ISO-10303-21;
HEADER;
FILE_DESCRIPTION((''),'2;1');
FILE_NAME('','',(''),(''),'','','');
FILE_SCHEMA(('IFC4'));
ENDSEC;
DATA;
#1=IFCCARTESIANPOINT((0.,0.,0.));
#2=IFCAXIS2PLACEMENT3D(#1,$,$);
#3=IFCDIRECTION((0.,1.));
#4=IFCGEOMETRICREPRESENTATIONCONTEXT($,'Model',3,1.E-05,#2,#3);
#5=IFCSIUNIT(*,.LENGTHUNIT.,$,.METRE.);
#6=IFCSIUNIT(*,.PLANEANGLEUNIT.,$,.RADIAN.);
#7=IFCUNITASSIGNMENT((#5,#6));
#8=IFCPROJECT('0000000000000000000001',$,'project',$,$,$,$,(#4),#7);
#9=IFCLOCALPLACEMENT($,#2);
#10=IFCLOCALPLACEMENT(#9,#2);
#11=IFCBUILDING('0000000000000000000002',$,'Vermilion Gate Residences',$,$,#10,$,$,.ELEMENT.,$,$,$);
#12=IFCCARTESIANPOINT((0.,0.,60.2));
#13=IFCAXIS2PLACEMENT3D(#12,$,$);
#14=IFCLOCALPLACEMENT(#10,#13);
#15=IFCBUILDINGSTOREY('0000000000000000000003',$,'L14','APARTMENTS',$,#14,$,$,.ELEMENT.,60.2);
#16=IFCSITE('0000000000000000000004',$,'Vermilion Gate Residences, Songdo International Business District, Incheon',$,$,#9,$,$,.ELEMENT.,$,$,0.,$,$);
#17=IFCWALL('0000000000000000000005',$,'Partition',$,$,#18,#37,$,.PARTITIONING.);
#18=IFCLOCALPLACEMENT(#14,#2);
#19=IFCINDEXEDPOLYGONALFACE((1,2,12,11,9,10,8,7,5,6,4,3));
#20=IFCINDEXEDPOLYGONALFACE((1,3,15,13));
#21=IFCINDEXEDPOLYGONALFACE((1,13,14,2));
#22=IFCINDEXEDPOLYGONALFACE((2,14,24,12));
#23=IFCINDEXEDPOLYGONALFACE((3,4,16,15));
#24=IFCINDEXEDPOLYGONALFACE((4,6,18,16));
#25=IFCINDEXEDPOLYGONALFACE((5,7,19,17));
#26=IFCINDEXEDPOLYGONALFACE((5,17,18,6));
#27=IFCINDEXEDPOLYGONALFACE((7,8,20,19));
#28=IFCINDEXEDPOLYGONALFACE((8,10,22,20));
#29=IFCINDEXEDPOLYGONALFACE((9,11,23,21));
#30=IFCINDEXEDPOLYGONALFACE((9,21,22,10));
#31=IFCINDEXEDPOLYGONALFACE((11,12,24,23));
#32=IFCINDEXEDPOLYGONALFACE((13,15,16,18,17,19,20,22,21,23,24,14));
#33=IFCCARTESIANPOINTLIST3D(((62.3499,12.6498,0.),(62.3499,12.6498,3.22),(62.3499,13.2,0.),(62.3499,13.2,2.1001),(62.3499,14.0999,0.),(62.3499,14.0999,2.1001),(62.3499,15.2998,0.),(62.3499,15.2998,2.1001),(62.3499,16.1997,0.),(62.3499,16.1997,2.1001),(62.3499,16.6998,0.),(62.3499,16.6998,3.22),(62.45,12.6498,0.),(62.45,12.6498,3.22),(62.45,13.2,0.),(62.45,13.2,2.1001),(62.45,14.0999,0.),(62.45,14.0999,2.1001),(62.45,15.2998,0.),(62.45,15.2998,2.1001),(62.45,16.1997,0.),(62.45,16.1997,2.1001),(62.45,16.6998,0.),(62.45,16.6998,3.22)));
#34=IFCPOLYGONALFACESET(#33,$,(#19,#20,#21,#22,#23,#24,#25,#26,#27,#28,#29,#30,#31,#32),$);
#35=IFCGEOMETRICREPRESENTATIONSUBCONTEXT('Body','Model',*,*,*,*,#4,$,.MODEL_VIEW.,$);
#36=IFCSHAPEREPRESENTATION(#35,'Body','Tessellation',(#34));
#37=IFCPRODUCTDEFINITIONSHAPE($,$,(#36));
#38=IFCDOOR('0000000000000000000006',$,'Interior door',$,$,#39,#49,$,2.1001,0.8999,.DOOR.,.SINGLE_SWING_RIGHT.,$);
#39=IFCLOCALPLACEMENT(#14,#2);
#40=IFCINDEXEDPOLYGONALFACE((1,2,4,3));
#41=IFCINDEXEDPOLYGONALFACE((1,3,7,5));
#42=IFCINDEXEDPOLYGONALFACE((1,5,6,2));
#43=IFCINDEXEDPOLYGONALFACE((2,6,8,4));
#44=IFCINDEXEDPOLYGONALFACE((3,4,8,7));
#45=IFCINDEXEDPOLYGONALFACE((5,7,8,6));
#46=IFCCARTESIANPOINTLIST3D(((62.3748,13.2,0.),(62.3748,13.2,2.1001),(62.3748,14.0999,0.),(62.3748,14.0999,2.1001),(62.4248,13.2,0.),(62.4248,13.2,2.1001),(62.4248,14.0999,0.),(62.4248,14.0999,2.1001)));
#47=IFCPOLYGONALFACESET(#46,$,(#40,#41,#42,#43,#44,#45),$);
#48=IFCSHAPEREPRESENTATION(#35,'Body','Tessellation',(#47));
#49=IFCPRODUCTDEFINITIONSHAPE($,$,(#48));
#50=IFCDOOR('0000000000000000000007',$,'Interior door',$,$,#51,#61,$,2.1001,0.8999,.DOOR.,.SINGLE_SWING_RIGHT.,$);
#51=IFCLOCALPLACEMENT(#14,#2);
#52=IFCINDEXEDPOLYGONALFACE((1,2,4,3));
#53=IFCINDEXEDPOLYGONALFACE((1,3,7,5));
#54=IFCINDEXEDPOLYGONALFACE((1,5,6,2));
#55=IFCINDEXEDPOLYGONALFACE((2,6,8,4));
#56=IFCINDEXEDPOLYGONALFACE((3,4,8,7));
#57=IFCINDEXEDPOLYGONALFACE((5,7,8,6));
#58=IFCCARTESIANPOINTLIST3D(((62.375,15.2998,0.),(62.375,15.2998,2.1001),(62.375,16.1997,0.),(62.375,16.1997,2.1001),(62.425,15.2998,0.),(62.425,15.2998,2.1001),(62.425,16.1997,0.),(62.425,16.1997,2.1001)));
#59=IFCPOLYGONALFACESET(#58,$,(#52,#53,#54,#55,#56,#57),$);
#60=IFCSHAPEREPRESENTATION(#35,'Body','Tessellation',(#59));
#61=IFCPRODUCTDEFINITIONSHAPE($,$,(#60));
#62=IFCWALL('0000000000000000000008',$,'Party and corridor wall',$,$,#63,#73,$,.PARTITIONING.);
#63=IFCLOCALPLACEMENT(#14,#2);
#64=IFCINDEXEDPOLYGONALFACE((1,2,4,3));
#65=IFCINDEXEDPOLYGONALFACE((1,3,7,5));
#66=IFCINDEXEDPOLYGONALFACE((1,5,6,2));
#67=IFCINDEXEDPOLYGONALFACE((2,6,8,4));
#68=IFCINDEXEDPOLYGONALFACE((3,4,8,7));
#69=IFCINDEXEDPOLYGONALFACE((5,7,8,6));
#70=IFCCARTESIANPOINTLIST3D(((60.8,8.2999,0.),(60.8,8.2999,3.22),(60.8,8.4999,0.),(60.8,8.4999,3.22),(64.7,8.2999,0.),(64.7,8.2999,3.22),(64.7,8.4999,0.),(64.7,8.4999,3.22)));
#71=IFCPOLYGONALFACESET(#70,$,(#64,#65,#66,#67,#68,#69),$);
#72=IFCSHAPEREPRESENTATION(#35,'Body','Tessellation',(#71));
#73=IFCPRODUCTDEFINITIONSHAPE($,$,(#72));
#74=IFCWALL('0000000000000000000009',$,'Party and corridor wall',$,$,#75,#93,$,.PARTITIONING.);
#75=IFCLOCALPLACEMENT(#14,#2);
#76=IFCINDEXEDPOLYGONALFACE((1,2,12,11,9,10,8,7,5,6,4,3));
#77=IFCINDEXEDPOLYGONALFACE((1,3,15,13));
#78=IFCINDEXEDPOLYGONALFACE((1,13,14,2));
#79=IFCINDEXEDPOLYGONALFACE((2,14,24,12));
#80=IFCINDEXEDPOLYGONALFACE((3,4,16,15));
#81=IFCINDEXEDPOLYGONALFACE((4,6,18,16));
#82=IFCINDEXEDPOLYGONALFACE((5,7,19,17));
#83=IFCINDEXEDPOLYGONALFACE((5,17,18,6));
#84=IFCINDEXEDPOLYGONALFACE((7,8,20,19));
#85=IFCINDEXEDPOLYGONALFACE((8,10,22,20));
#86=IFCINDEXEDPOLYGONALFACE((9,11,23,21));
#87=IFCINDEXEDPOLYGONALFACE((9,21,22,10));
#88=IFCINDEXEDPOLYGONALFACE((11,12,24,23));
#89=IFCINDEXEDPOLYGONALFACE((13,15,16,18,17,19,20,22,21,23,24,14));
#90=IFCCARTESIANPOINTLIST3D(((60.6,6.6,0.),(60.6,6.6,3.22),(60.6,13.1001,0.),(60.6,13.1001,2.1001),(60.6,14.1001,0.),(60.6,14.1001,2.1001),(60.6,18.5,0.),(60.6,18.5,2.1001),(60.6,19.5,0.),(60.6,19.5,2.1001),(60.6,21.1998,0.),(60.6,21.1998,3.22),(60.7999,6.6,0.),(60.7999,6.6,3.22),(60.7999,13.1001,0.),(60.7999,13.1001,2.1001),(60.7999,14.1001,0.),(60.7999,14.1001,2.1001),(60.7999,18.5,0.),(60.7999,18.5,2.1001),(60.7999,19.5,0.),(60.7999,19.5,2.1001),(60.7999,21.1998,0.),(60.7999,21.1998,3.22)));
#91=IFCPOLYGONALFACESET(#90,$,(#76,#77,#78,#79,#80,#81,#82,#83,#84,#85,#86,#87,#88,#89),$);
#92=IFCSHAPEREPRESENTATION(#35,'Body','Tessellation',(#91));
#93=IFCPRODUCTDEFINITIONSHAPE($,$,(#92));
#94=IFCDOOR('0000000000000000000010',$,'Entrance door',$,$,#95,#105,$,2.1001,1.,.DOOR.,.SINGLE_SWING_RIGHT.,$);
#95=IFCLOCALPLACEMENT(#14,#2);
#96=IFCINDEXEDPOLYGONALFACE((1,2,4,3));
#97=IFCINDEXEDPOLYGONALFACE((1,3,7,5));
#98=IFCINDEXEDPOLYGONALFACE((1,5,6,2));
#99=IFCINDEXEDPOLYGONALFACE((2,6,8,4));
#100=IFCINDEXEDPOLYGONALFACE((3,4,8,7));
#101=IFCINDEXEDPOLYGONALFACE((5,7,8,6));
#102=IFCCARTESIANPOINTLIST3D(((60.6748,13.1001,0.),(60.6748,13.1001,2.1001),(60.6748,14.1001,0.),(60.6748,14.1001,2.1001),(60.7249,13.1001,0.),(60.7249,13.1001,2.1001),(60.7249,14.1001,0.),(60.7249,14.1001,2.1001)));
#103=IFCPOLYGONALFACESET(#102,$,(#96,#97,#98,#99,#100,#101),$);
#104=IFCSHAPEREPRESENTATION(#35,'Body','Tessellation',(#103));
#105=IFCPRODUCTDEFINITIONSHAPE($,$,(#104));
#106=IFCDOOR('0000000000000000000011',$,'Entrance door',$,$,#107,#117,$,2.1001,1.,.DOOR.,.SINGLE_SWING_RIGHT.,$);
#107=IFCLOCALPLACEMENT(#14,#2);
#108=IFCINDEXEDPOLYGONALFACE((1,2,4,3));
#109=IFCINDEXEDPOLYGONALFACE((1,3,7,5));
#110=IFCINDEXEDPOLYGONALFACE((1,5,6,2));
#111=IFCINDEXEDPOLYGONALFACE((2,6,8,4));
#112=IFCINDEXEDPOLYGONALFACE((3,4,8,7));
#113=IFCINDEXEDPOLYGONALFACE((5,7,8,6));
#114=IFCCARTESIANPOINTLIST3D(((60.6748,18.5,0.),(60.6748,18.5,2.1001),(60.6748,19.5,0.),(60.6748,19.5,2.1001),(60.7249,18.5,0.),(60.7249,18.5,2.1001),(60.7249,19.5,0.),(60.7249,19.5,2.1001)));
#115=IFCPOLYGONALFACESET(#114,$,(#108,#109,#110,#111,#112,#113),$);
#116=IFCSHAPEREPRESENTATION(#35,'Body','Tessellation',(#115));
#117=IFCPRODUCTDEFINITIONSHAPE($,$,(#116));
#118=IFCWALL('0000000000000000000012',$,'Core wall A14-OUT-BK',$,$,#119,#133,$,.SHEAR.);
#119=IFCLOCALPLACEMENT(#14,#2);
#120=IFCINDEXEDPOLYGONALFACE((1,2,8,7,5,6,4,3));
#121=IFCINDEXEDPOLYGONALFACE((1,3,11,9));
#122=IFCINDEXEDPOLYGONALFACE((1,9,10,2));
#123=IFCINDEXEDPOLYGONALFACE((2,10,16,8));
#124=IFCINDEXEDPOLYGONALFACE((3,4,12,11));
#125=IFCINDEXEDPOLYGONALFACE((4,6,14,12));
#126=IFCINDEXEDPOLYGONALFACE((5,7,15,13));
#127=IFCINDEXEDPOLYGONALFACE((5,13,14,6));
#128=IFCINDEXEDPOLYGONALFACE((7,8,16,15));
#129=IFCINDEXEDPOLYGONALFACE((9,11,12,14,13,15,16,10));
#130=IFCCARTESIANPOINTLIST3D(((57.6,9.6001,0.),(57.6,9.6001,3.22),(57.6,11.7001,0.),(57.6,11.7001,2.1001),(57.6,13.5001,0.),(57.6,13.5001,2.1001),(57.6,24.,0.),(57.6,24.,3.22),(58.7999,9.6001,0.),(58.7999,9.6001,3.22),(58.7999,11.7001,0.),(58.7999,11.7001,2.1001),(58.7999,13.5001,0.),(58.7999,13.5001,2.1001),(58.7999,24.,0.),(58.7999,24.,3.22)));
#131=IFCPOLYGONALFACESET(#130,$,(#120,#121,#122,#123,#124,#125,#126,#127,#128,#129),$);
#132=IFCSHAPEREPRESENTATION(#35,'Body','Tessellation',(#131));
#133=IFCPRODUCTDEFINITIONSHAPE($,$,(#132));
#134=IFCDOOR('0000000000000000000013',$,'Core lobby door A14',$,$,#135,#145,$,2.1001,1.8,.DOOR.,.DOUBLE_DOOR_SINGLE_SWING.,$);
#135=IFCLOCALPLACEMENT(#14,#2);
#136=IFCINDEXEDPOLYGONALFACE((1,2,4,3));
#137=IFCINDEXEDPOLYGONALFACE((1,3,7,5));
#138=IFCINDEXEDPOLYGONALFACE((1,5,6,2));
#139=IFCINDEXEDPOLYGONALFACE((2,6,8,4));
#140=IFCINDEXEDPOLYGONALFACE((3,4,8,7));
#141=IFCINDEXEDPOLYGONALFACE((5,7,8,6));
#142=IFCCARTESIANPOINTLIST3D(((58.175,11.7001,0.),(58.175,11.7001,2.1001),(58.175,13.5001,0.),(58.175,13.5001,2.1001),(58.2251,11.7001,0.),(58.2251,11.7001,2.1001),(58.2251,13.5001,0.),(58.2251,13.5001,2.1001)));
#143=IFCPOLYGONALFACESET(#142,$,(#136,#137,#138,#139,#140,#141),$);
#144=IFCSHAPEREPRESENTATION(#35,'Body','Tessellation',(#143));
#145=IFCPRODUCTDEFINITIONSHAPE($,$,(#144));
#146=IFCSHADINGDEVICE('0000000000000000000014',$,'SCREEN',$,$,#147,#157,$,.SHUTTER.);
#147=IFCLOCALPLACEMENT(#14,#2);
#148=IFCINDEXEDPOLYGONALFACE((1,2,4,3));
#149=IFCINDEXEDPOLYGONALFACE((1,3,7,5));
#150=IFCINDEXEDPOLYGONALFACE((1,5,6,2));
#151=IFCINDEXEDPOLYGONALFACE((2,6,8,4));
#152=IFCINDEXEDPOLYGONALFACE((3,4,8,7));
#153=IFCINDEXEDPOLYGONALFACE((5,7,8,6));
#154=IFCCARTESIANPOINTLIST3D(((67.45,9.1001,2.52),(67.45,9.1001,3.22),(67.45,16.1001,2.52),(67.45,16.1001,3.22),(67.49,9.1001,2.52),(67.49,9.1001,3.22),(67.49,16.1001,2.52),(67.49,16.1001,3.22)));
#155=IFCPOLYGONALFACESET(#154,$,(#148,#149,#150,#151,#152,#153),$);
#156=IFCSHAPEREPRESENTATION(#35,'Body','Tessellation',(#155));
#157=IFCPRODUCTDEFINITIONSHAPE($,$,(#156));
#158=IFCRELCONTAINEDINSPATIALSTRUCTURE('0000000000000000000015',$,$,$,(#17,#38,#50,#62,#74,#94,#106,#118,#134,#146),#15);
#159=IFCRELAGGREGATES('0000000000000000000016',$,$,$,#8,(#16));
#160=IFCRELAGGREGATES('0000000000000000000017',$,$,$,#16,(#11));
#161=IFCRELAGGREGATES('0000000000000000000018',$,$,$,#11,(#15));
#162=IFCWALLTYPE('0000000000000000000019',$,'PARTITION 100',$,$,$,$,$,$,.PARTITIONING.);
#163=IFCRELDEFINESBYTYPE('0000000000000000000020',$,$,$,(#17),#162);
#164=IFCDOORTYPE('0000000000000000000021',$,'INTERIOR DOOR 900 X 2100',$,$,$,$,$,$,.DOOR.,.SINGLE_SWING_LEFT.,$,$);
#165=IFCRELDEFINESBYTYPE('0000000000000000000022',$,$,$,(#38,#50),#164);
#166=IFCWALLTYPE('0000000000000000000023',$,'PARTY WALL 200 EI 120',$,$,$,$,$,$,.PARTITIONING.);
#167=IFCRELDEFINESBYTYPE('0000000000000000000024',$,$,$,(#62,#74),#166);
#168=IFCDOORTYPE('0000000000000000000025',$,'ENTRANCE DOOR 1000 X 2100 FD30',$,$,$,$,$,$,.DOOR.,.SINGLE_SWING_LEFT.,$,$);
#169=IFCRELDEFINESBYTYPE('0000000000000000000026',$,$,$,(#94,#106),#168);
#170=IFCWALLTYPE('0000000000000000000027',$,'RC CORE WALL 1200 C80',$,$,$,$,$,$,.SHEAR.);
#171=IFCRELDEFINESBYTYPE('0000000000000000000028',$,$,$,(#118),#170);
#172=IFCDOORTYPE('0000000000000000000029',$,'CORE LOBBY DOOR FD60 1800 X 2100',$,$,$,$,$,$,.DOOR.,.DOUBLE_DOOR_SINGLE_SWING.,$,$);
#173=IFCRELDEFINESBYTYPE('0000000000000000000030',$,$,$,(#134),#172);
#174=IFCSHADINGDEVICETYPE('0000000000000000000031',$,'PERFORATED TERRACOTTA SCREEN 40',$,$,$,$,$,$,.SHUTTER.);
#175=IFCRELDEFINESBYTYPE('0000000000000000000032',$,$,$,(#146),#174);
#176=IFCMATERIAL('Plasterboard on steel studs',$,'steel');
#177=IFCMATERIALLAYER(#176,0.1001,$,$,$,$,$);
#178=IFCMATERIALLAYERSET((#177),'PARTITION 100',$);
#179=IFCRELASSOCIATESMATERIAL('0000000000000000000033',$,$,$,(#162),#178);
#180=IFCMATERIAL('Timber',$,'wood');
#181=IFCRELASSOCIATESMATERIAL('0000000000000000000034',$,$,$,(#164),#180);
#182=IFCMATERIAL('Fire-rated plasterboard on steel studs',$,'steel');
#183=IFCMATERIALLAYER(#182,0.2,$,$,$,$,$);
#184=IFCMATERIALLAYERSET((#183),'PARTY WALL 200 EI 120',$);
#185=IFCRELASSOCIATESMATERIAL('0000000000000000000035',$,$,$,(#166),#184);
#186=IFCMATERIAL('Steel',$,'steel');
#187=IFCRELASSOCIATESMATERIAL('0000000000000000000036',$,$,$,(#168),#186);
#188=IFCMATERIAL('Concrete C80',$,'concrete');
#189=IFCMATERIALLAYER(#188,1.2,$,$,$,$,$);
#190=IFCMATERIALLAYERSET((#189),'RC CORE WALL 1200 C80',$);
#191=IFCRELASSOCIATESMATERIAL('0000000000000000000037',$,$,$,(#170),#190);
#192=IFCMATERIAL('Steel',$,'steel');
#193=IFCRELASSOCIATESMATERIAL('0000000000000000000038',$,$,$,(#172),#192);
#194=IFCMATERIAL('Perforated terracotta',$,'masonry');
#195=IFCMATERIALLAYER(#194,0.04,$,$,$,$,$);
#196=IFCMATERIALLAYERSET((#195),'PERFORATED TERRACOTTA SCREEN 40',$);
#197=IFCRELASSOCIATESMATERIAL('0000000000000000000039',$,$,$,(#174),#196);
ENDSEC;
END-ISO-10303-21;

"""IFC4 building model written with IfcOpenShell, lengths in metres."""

from ifc_helpers import new_model, si_unit, direction, frame, frame_2d, origin, origin_2d, place, context, subcontext, project, spatial, rectangle, extrude, material, layer, layer_set, type_object, element, fill, save


model = new_model("IFC4")

# Units and contexts
model_context = context("Model", 3, precision=1e-05, world=origin(), true_north=direction((0.0, 1.0)))
body_context = subcontext(model_context, "Body", "Model", "MODEL_VIEW")
ifc_project = project(units=[si_unit("LENGTHUNIT", "METRE"), si_unit("PLANEANGLEUNIT", "RADIAN")], contexts=[model_context])

# Site, building, storey
site_placement = place(None, origin())
site = spatial("IfcSite", under=ifc_project, at=site_placement, Name="Vermilion Gate Residences, Songdo International Business District, Incheon", CompositionType="ELEMENT", RefElevation=0.0)
building_placement = place(site_placement, origin())
building = spatial("IfcBuilding", under=site, at=building_placement, Name="Vermilion Gate Residences", CompositionType="ELEMENT")
storey_placement = place(building_placement, frame((0.0, 0.0, 60.2)))
storey = spatial("IfcBuildingStorey", under=building, at=storey_placement, Name="L14", Description="APARTMENTS", CompositionType="ELEMENT", Elevation=60.2)

# Shared definitions
ifc_material_1 = material(Name="Plasterboard on steel studs", Category="steel")
ifc_layer_1 = layer(ifc_material_1, 0.1001)
ifc_layer_set_1 = layer_set([ifc_layer_1], Name="PARTITION 100")
wall_type_1 = type_object("IfcWallType", Name="PARTITION 100", PredefinedType="PARTITIONING", material=ifc_layer_set_1)
ifc_material_2 = material(Name="Timber", Category="wood")
door_type_1 = type_object("IfcDoorType", Name="INTERIOR DOOR 900 X 2100", OperationType="SINGLE_SWING_LEFT", PredefinedType="DOOR", material=ifc_material_2)

# Wall, openings, doors
wall_1_placement = place(storey_placement, frame((62.3999, 12.6499, 0.0), z_axis=(0.0, 0.0, 1.0), x_axis=(0.0, 1.0, 0.0)))
wall_1 = element("IfcWall", 1, at=wall_1_placement, inside=storey, type_object=wall_type_1, Name="Partition", PredefinedType="PARTITIONING", context=body_context, shape_type="SweptSolid", body=[
    extrude(rectangle(XDim=4.05, YDim=0.1001, at=frame_2d((2.0249, 0.0))), origin(), (0.0, 0.0, 1.0), 3.22),
])
opening_1_placement = place(wall_1_placement, frame((0.55, 0.0, 0.0)))
opening_1 = element("IfcOpeningElement", 2, at=opening_1_placement, cuts=wall_1, PredefinedType="OPENING", context=body_context, shape_type="SweptSolid", body=[
    extrude(rectangle(XDim=0.8999, YDim=2.1001, at=frame_2d((0.45, 1.05))), frame((0.0, 0.0601, 0.0), z_axis=(0.0, -1.0, 0.0), x_axis=(1.0, 0.0, 0.0)), (0.0, 0.0, 1.0), 0.1201),
])
opening_2_placement = place(wall_1_placement, frame((2.6499, 0.0, 0.0)))
opening_2 = element("IfcOpeningElement", 3, at=opening_2_placement, cuts=wall_1, PredefinedType="OPENING", context=body_context, shape_type="SweptSolid", body=[
    extrude(rectangle(XDim=0.8999, YDim=2.1001, at=frame_2d((0.45, 1.05))), frame((0.0, 0.0601, 0.0), z_axis=(0.0, -1.0, 0.0), x_axis=(1.0, 0.0, 0.0)), (0.0, 0.0, 1.0), 0.1201),
])
door_1_placement = place(opening_1_placement, frame((0.8999, 0.0, 0.0), z_axis=(0.0, 0.0, 1.0), x_axis=(-1.0, 0.0, 0.0)))
door_1 = element("IfcDoor", 4, at=door_1_placement, inside=storey, type_object=door_type_1, Name="Interior door", OperationType="SINGLE_SWING_RIGHT", OverallHeight=2.1001, OverallWidth=0.8999, PredefinedType="DOOR", context=body_context, shape_type="SweptSolid", body=[
    extrude(rectangle(XDim=0.8999, YDim=2.1001, at=frame_2d((0.45, 1.05))), frame((0.0, 0.0249, 0.0), z_axis=(0.0, -1.0, 0.0), x_axis=(1.0, 0.0, 0.0)), (0.0, 0.0, 1.0), 0.05),
])
fill(opening_1, door_1)
door_2_placement = place(opening_2_placement, origin())
door_2 = element("IfcDoor", 5, at=door_2_placement, inside=storey, type_object=door_type_1, Name="Interior door", OperationType="SINGLE_SWING_RIGHT", OverallHeight=2.1001, OverallWidth=0.8999, PredefinedType="DOOR", context=body_context, shape_type="SweptSolid", body=[
    extrude(rectangle(XDim=0.8999, YDim=2.1001, at=frame_2d((0.45, 1.05))), frame((0.0, 0.0249, 0.0), z_axis=(0.0, -1.0, 0.0), x_axis=(1.0, 0.0, 0.0)), (0.0, 0.0, 1.0), 0.05),
])
fill(opening_2, door_2)

# Wall
ifc_material_3 = material(Name="Fire-rated plasterboard on steel studs", Category="steel")
ifc_layer_2 = layer(ifc_material_3, 0.2)
ifc_layer_set_2 = layer_set([ifc_layer_2], Name="PARTY WALL 200 EI 120")
wall_type_2 = type_object("IfcWallType", Name="PARTY WALL 200 EI 120", PredefinedType="PARTITIONING", material=ifc_layer_set_2)
wall_2_placement = place(storey_placement, frame((60.8, 8.3999, 0.0), z_axis=(0.0, 0.0, 1.0), x_axis=(1.0, 0.0, 0.0)))
element("IfcWall", 6, at=wall_2_placement, inside=storey, type_object=wall_type_2, Name="Party and corridor wall", PredefinedType="PARTITIONING", context=body_context, shape_type="SweptSolid", body=[
    extrude(rectangle(XDim=3.8999, YDim=0.2, at=frame_2d((1.95, 0.0))), origin(), (0.0, 0.0, 1.0), 3.22),
])

# Wall, openings, doors
wall_3_placement = place(storey_placement, frame((60.7, 6.6001, 0.0), z_axis=(0.0, 0.0, 1.0), x_axis=(0.0, 1.0, 0.0)))
wall_3 = element("IfcWall", 7, at=wall_3_placement, inside=storey, type_object=wall_type_2, Name="Party and corridor wall", PredefinedType="PARTITIONING", context=body_context, shape_type="SweptSolid", body=[
    extrude(rectangle(XDim=14.5999, YDim=0.2, at=frame_2d((7.2998, 0.0))), origin(), (0.0, 0.0, 1.0), 3.22),
])
opening_3_placement = place(wall_3_placement, frame((6.5, 0.0, 0.0)))
opening_3 = element("IfcOpeningElement", 8, at=opening_3_placement, cuts=wall_3, PredefinedType="OPENING", context=body_context, shape_type="SweptSolid", body=[
    extrude(rectangle(XDim=1.0, YDim=2.1001, at=frame_2d((0.5, 1.05))), frame((0.0, 0.1099, 0.0), z_axis=(0.0, -1.0, 0.0), x_axis=(1.0, 0.0, 0.0)), (0.0, 0.0, 1.0), 0.22),
])
opening_4_placement = place(wall_3_placement, frame((11.8999, 0.0, 0.0)))
opening_4 = element("IfcOpeningElement", 9, at=opening_4_placement, cuts=wall_3, PredefinedType="OPENING", context=body_context, shape_type="SweptSolid", body=[
    extrude(rectangle(XDim=1.0, YDim=2.1001, at=frame_2d((0.5, 1.05))), frame((0.0, 0.1099, 0.0), z_axis=(0.0, -1.0, 0.0), x_axis=(1.0, 0.0, 0.0)), (0.0, 0.0, 1.0), 0.22),
])
ifc_material_4 = material(Name="Steel", Category="steel")
door_type_2 = type_object("IfcDoorType", Name="ENTRANCE DOOR 1000 X 2100 FD30", OperationType="SINGLE_SWING_LEFT", PredefinedType="DOOR", material=ifc_material_4)
door_3_placement = place(opening_3_placement, frame((1.0, 0.0, 0.0), z_axis=(0.0, 0.0, 1.0), x_axis=(-1.0, 0.0, 0.0)))
door_3 = element("IfcDoor", 10, at=door_3_placement, inside=storey, type_object=door_type_2, Name="Entrance door", OperationType="SINGLE_SWING_RIGHT", OverallHeight=2.1001, OverallWidth=1.0, PredefinedType="DOOR", context=body_context, shape_type="SweptSolid", body=[
    extrude(rectangle(XDim=1.0, YDim=2.1001, at=frame_2d((0.5, 1.05))), frame((0.0, 0.0249, 0.0), z_axis=(0.0, -1.0, 0.0), x_axis=(1.0, 0.0, 0.0)), (0.0, 0.0, 1.0), 0.05),
])
fill(opening_3, door_3)
door_4_placement = place(opening_4_placement, frame((1.0, 0.0, 0.0), z_axis=(0.0, 0.0, 1.0), x_axis=(-1.0, 0.0, 0.0)))
door_4 = element("IfcDoor", 11, at=door_4_placement, inside=storey, type_object=door_type_2, Name="Entrance door", OperationType="SINGLE_SWING_RIGHT", OverallHeight=2.1001, OverallWidth=1.0, PredefinedType="DOOR", context=body_context, shape_type="SweptSolid", body=[
    extrude(rectangle(XDim=1.0, YDim=2.1001, at=frame_2d((0.5, 1.05))), frame((0.0, 0.0249, 0.0), z_axis=(0.0, -1.0, 0.0), x_axis=(1.0, 0.0, 0.0)), (0.0, 0.0, 1.0), 0.05),
])
fill(opening_4, door_4)

# Wall, opening, door
ifc_material_5 = material(Name="Concrete C80", Category="concrete")
ifc_layer_3 = layer(ifc_material_5, 1.2)
ifc_layer_set_3 = layer_set([ifc_layer_3], Name="RC CORE WALL 1200 C80")
wall_type_3 = type_object("IfcWallType", Name="RC CORE WALL 1200 C80", PredefinedType="SHEAR", material=ifc_layer_set_3)
wall_4_placement = place(storey_placement, frame((58.2, 9.6001, 0.0), z_axis=(0.0, 0.0, 1.0), x_axis=(0.0, 1.0, 0.0)))
wall_4 = element("IfcWall", 12, at=wall_4_placement, inside=storey, type_object=wall_type_3, Name="Core wall A14-OUT-BK", PredefinedType="SHEAR", context=body_context, shape_type="SweptSolid", body=[
    extrude(rectangle(XDim=14.3999, YDim=1.2, at=frame_2d((7.2, 0.0))), origin(), (0.0, 0.0, 1.0), 3.22),
])
opening_5_placement = place(wall_4_placement, frame((2.1001, 0.0, 0.0)))
opening_5 = element("IfcOpeningElement", 13, at=opening_5_placement, cuts=wall_4, PredefinedType="OPENING", context=body_context, shape_type="SweptSolid", body=[
    extrude(rectangle(XDim=1.8, YDim=2.1001, at=frame_2d((0.8999, 1.05))), frame((0.0, 0.6099, 0.0), z_axis=(0.0, -1.0, 0.0), x_axis=(1.0, 0.0, 0.0)), (0.0, 0.0, 1.0), 1.22),
])
ifc_material_6 = material(Name="Steel", Category="steel")
door_type_3 = type_object("IfcDoorType", Name="CORE LOBBY DOOR FD60 1800 X 2100", OperationType="DOUBLE_DOOR_SINGLE_SWING", PredefinedType="DOOR", material=ifc_material_6)
door_5_placement = place(opening_5_placement, origin())
door_5 = element("IfcDoor", 14, at=door_5_placement, inside=storey, type_object=door_type_3, Name="Core lobby door A14", OperationType="DOUBLE_DOOR_SINGLE_SWING", OverallHeight=2.1001, OverallWidth=1.8, PredefinedType="DOOR", context=body_context, shape_type="SweptSolid", body=[
    extrude(rectangle(XDim=1.8, YDim=2.1001, at=frame_2d((0.8999, 1.05))), frame((0.0, 0.0249, 0.0), z_axis=(0.0, -1.0, 0.0), x_axis=(1.0, 0.0, 0.0)), (0.0, 0.0, 1.0), 0.05),
])
fill(opening_5, door_5)

# Shading device
ifc_material_7 = material(Name="Perforated terracotta", Category="masonry")
ifc_layer_4 = layer(ifc_material_7, 0.04)
ifc_layer_set_4 = layer_set([ifc_layer_4], Name="PERFORATED TERRACOTTA SCREEN 40")
shading_device_type_1 = type_object("IfcShadingDeviceType", Name="PERFORATED TERRACOTTA SCREEN 40", PredefinedType="SHUTTER", material=ifc_layer_set_4)
shading_device_1_placement = place(storey_placement, frame((67.47, 12.6001, 2.52), z_axis=(0.0, 0.0, 1.0), x_axis=(0.0, 1.0, 0.0)))
element("IfcShadingDevice", 15, at=shading_device_1_placement, inside=storey, type_object=shading_device_type_1, Name="SCREEN", PredefinedType="SHUTTER", context=body_context, shape_type="SweptSolid", body=[
    extrude(rectangle(XDim=7.0, YDim=0.04, at=origin_2d()), origin(), (0.0, 0.0, 1.0), 0.7),
])

save(model, "model.ifc")
